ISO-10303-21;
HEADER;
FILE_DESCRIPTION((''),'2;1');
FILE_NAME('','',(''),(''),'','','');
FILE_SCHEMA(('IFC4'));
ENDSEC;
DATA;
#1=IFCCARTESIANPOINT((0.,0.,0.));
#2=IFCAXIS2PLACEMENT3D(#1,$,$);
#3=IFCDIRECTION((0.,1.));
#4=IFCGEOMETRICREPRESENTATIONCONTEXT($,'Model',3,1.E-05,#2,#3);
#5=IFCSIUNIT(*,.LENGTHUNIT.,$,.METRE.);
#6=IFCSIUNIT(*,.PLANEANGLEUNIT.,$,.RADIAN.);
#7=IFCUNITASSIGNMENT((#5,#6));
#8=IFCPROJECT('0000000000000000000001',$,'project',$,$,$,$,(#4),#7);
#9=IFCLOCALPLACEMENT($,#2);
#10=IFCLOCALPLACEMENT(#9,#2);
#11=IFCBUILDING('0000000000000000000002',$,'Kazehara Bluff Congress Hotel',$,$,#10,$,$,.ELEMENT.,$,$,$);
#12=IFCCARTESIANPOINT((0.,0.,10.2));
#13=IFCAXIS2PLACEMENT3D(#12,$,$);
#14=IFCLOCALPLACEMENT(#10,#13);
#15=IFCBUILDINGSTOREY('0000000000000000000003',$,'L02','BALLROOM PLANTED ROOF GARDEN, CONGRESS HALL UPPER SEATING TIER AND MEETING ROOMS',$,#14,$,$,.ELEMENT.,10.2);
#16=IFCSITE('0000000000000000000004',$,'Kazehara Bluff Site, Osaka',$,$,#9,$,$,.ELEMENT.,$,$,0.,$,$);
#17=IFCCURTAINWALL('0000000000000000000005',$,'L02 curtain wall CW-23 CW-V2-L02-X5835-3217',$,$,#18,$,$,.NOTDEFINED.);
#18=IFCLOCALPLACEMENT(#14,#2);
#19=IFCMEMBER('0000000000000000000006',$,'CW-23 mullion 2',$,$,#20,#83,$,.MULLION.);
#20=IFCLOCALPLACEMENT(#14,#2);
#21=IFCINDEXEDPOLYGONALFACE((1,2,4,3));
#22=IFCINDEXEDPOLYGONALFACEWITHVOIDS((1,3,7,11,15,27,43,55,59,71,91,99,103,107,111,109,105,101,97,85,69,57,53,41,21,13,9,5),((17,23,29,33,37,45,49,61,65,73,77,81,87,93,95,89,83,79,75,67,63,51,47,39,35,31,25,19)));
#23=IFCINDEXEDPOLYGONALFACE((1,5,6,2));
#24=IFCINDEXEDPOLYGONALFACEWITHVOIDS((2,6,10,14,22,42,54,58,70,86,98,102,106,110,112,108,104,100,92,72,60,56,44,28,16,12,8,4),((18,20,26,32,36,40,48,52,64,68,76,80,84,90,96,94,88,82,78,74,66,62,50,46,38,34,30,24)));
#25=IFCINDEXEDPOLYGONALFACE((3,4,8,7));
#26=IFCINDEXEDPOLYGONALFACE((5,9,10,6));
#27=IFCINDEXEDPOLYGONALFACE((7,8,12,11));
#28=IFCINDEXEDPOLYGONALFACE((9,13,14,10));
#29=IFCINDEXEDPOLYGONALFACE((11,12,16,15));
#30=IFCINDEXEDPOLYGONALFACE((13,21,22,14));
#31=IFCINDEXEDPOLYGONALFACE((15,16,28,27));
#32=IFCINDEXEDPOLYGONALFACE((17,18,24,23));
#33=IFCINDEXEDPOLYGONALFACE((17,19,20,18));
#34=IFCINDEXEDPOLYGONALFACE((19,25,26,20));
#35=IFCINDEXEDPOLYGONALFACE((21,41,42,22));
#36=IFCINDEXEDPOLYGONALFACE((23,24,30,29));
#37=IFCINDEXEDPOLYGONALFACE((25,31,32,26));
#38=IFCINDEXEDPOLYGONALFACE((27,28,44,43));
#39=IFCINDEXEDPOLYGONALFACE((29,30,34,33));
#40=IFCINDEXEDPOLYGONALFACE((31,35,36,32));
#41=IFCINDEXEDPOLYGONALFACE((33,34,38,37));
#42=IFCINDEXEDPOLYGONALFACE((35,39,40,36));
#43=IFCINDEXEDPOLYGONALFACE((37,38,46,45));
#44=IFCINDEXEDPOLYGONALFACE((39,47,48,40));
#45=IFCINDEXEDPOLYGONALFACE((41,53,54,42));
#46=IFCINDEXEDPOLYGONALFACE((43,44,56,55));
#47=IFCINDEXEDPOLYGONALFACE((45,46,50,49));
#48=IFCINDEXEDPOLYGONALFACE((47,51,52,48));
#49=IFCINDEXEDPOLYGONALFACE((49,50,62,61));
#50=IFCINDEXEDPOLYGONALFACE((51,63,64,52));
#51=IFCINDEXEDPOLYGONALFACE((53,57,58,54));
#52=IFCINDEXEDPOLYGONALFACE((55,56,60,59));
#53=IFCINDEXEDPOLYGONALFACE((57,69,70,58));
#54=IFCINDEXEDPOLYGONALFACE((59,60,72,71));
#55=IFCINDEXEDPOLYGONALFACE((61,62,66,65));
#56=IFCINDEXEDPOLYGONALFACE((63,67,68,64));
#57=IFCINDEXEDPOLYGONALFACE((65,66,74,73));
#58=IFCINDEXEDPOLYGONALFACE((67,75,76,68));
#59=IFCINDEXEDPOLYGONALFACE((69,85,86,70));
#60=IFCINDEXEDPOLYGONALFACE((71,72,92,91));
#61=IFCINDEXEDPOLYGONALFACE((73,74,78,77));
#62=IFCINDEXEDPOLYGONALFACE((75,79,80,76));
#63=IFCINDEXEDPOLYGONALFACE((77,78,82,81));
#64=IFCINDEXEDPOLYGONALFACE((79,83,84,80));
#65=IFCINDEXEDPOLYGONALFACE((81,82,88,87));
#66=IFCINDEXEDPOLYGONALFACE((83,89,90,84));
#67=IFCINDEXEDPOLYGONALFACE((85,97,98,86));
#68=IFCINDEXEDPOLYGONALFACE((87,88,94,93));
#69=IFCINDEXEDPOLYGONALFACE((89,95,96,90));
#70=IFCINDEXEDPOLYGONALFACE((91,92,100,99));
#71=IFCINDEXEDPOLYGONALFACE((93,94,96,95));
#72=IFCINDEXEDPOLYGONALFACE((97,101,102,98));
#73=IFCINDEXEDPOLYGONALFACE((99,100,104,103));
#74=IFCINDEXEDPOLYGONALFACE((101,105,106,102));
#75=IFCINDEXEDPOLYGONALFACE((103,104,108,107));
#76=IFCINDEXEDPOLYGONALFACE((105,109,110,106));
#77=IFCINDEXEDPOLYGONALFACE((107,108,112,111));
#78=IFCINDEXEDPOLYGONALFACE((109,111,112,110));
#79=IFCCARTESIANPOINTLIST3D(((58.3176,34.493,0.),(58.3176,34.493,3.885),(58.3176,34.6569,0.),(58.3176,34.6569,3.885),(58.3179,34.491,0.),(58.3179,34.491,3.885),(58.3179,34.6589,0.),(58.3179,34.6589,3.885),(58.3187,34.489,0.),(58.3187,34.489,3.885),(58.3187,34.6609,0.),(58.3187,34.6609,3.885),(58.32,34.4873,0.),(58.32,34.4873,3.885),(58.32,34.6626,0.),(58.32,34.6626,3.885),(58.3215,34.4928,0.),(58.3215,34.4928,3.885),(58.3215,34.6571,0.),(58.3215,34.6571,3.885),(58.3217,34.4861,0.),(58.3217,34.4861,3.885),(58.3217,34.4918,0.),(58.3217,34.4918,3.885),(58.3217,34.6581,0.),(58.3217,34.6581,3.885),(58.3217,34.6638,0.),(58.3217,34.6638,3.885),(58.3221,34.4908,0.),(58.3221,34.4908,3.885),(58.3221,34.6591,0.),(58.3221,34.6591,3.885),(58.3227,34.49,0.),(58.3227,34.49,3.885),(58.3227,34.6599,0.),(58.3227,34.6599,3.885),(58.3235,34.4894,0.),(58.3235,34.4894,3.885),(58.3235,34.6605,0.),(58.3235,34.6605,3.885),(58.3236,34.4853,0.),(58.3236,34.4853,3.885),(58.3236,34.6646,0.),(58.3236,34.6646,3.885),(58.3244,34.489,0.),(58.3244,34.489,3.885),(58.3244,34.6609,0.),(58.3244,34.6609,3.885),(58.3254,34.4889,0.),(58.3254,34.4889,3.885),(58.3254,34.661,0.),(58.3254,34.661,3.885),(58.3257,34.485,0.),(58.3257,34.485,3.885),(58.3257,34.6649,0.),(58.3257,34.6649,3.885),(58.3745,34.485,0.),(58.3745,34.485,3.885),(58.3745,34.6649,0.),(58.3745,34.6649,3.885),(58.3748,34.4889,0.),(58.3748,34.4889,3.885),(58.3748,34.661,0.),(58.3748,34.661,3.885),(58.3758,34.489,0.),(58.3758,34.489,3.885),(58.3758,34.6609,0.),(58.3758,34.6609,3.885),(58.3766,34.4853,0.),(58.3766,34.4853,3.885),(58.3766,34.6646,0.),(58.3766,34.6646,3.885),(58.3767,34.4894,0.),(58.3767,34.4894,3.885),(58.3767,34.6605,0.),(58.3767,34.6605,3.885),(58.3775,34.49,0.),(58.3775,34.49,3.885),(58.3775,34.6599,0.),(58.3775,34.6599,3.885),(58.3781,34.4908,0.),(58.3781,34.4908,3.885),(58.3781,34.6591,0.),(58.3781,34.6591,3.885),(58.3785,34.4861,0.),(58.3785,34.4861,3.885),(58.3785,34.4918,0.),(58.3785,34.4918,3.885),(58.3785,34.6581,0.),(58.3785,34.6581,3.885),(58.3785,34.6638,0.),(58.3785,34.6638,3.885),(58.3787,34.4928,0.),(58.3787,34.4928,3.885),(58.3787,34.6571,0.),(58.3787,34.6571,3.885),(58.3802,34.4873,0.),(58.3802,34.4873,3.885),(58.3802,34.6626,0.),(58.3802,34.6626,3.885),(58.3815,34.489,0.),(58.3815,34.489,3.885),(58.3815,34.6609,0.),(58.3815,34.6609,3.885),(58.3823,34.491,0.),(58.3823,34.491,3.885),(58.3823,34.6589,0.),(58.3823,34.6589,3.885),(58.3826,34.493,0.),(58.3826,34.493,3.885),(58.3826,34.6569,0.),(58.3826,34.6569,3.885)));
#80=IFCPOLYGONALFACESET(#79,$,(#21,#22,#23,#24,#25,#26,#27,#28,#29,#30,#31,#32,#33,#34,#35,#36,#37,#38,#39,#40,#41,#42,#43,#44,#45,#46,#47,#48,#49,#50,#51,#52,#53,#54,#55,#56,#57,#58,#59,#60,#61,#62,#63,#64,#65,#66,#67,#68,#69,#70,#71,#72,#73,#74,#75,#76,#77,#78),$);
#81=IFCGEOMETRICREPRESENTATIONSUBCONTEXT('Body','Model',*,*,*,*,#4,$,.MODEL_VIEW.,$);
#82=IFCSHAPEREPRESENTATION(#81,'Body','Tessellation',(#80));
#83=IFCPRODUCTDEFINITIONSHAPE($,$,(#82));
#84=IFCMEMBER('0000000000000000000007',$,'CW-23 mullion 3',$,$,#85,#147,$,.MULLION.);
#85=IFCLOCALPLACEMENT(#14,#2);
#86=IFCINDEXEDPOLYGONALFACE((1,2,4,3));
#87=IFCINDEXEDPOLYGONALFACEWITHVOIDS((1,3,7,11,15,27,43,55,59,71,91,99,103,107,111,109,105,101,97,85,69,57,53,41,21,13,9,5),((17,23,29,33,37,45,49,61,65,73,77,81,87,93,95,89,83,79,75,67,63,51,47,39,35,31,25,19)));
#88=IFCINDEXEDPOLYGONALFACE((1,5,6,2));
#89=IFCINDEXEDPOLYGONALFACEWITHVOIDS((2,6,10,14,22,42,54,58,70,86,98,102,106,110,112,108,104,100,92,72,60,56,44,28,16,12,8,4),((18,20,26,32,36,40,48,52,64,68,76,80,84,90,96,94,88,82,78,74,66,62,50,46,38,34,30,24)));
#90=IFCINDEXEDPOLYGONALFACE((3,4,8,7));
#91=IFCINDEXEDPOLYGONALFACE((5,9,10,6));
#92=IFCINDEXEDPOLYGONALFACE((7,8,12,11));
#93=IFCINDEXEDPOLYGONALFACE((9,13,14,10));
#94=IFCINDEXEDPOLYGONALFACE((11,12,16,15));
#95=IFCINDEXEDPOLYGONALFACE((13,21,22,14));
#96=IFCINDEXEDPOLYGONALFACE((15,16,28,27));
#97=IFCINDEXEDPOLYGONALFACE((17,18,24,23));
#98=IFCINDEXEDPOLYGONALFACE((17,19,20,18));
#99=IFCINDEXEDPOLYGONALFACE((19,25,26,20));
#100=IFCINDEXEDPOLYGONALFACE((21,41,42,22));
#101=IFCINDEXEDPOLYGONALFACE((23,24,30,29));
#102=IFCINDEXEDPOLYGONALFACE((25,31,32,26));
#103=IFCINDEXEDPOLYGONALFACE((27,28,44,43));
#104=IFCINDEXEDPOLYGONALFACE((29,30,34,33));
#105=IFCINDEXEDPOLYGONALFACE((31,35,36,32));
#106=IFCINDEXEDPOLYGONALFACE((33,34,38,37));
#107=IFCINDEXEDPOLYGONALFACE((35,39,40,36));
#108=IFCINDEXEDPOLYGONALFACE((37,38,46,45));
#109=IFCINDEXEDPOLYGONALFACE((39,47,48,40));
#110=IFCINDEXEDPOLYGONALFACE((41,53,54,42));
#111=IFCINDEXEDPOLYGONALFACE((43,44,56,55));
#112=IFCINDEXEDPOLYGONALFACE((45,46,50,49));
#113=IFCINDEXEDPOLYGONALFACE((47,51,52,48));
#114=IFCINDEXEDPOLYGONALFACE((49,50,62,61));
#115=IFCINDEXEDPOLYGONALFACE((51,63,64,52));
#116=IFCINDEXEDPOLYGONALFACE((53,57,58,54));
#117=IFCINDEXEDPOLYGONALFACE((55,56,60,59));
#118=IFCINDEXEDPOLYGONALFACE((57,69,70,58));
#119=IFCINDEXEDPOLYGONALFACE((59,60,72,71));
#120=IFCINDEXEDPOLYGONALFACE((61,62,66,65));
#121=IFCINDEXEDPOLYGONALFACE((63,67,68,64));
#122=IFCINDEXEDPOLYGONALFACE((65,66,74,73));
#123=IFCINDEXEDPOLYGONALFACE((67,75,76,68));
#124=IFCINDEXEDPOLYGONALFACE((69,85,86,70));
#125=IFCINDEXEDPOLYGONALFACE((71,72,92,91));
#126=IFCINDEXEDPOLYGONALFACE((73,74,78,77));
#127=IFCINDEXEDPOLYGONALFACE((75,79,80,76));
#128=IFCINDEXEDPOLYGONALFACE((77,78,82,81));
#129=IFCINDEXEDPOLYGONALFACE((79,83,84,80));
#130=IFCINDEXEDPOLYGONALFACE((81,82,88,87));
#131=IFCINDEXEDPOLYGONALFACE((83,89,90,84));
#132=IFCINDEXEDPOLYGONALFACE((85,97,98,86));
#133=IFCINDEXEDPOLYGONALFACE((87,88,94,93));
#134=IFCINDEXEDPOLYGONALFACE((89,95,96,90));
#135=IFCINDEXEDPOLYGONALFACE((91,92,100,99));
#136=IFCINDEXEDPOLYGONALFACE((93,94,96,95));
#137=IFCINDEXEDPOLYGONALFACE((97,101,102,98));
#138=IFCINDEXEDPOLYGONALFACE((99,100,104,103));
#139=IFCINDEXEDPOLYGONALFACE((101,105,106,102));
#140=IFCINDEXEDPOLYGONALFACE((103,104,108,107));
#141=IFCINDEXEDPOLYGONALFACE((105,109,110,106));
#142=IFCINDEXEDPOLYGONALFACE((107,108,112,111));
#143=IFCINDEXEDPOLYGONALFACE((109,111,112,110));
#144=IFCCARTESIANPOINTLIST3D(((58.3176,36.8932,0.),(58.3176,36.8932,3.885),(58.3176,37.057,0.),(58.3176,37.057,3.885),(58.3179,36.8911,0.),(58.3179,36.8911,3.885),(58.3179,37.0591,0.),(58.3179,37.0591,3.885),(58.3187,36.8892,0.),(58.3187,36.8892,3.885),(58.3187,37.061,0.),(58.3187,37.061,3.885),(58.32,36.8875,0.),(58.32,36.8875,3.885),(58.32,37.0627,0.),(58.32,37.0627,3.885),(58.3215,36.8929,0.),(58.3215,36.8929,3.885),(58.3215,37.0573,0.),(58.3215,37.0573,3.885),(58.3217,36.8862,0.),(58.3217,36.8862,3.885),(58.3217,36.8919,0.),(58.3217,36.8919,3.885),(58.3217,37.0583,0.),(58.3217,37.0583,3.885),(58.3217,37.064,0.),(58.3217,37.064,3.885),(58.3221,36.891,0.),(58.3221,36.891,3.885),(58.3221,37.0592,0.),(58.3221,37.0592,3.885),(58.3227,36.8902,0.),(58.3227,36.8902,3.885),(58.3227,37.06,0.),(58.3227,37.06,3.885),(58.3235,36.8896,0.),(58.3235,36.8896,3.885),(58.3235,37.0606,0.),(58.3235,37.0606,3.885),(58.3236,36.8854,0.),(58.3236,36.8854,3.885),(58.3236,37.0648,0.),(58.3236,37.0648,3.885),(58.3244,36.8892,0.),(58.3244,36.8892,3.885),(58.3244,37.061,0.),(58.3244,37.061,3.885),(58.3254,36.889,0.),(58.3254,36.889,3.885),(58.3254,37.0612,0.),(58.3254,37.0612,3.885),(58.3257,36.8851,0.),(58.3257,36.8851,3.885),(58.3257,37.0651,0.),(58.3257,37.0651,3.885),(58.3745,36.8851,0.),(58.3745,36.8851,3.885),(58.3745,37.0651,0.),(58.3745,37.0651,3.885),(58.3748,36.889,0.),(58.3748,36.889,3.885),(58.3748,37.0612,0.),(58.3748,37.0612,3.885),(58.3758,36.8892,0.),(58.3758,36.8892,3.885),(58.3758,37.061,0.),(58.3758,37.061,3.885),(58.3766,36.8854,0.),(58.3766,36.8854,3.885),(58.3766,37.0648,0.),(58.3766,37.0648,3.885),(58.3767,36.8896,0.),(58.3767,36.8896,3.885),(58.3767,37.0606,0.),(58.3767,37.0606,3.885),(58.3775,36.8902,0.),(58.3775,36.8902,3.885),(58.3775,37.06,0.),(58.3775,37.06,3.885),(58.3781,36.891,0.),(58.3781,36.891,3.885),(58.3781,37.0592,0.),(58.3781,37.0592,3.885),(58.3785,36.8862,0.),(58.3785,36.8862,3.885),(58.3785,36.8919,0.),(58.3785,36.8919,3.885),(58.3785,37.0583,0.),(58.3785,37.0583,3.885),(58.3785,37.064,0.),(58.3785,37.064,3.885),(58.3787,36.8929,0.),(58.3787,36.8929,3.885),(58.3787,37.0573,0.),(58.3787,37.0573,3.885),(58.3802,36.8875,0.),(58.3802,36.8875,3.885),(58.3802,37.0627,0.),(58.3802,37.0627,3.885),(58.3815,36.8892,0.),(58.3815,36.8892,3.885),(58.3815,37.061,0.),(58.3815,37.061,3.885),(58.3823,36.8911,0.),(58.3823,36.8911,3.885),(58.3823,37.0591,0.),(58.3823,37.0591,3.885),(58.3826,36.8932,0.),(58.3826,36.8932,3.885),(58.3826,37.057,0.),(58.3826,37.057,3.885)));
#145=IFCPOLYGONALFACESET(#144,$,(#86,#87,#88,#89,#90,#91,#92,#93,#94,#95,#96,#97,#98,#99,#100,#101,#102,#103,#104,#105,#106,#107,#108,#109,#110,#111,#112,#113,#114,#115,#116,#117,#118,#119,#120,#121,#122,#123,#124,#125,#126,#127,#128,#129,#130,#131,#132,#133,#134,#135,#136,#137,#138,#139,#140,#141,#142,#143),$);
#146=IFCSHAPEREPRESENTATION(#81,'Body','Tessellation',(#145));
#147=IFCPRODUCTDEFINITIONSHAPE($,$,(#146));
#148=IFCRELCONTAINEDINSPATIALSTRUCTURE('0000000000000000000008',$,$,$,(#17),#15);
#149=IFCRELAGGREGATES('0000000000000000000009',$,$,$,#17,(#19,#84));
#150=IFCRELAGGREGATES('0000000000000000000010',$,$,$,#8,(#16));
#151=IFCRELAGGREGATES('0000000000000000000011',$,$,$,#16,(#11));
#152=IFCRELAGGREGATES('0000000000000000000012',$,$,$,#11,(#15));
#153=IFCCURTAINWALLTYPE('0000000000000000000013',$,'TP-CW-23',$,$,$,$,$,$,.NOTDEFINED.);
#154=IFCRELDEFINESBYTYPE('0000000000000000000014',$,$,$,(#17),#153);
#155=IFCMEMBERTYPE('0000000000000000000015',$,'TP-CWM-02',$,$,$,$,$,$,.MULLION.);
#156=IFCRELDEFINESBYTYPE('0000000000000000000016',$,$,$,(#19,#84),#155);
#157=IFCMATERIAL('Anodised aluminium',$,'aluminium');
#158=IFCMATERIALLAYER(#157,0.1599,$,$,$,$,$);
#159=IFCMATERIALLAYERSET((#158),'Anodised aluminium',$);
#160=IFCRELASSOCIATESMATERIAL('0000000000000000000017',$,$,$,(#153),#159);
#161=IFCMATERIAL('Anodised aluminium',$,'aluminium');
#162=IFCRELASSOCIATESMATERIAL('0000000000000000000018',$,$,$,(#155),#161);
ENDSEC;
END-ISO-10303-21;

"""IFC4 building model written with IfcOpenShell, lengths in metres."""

from ifc_helpers import new_model, si_unit, direction, frame, origin, origin_2d, place, context, subcontext, project, spatial, hollow_rectangle, extrude, material, layer, layer_set, material_profile, profile_set, type_object, element, aggregate, save


model = new_model("IFC4")

# Units and contexts
model_context = context("Model", 3, precision=1e-05, world=origin(), true_north=direction((0.0, 1.0)))
body_context = subcontext(model_context, "Body", "Model", "MODEL_VIEW")
ifc_project = project(units=[si_unit("LENGTHUNIT", "METRE"), si_unit("PLANEANGLEUNIT", "RADIAN")], contexts=[model_context])

# Site, building, storey
site_placement = place(None, origin())
site = spatial("IfcSite", under=ifc_project, at=site_placement, Name="Kazehara Bluff Site, Osaka", CompositionType="ELEMENT", RefElevation=0.0)
building_placement = place(site_placement, origin())
building = spatial("IfcBuilding", under=site, at=building_placement, Name="Kazehara Bluff Congress Hotel", CompositionType="ELEMENT")
storey_placement = place(building_placement, frame((0.0, 0.0, 10.2)))
storey = spatial("IfcBuildingStorey", under=building, at=storey_placement, Name="L02", Description="BALLROOM PLANTED ROOF GARDEN, CONGRESS HALL UPPER SEATING TIER AND MEETING ROOMS", CompositionType="ELEMENT", Elevation=10.2)

# Curtain wall, members
ifc_material_1 = material(Name="Anodised aluminium", Category="aluminium")
ifc_layer_1 = layer(ifc_material_1, 0.1599)
ifc_layer_set_1 = layer_set([ifc_layer_1], Name="Anodised aluminium")
curtain_wall_type_1 = type_object("IfcCurtainWallType", Name="TP-CW-23", PredefinedType="NOTDEFINED", material=ifc_layer_set_1)
curtain_wall_1_placement = place(storey_placement, origin())
curtain_wall_1 = element("IfcCurtainWall", 1, at=curtain_wall_1_placement, inside=storey, type_object=curtain_wall_type_1, Name="L02 curtain wall CW-23 CW-V2-L02-X5835-3217", PredefinedType="NOTDEFINED")
ifc_material_2 = material(Name="Anodised aluminium", Category="aluminium")
ifc_material_profile_1 = material_profile(ifc_material_2, hollow_rectangle(XDim=0.0649, YDim=0.1799, WallThickness=0.0039, InnerFilletRadius=0.0039, OuterFilletRadius=0.0081, at=origin_2d()))
ifc_profile_set_1 = profile_set([ifc_material_profile_1], Name="Anodised aluminium")
member_type_1 = type_object("IfcMemberType", Name="TP-CWM-02", PredefinedType="MULLION", material=ifc_profile_set_1)
member_1_placement = place(storey_placement, frame((58.3501, 34.575, 0.0), z_axis=(0.0, 0.0, 1.0), x_axis=(-1.0, 0.0, 0.0)))
member_1 = element("IfcMember", 2, at=member_1_placement, type_object=member_type_1, Name="CW-23 mullion 2", PredefinedType="MULLION", context=body_context, shape_type="SweptSolid", body=[
    extrude(hollow_rectangle(XDim=0.0649, YDim=0.1799, WallThickness=0.0039, InnerFilletRadius=0.0039, OuterFilletRadius=0.0081, at=origin_2d()), origin(), (0.0, 0.0, 1.0), 3.885),
])
member_2_placement = place(storey_placement, frame((58.3501, 36.9751, 0.0), z_axis=(0.0, 0.0, 1.0), x_axis=(-1.0, 0.0, 0.0)))
member_2 = element("IfcMember", 3, at=member_2_placement, type_object=member_type_1, Name="CW-23 mullion 3", PredefinedType="MULLION", context=body_context, shape_type="SweptSolid", body=[
    extrude(hollow_rectangle(XDim=0.0649, YDim=0.1799, WallThickness=0.0039, InnerFilletRadius=0.0039, OuterFilletRadius=0.0081, at=origin_2d()), origin(), (0.0, 0.0, 1.0), 3.885),
])

aggregate(curtain_wall_1, [member_1, member_2])

save(model, "model.ifc")
